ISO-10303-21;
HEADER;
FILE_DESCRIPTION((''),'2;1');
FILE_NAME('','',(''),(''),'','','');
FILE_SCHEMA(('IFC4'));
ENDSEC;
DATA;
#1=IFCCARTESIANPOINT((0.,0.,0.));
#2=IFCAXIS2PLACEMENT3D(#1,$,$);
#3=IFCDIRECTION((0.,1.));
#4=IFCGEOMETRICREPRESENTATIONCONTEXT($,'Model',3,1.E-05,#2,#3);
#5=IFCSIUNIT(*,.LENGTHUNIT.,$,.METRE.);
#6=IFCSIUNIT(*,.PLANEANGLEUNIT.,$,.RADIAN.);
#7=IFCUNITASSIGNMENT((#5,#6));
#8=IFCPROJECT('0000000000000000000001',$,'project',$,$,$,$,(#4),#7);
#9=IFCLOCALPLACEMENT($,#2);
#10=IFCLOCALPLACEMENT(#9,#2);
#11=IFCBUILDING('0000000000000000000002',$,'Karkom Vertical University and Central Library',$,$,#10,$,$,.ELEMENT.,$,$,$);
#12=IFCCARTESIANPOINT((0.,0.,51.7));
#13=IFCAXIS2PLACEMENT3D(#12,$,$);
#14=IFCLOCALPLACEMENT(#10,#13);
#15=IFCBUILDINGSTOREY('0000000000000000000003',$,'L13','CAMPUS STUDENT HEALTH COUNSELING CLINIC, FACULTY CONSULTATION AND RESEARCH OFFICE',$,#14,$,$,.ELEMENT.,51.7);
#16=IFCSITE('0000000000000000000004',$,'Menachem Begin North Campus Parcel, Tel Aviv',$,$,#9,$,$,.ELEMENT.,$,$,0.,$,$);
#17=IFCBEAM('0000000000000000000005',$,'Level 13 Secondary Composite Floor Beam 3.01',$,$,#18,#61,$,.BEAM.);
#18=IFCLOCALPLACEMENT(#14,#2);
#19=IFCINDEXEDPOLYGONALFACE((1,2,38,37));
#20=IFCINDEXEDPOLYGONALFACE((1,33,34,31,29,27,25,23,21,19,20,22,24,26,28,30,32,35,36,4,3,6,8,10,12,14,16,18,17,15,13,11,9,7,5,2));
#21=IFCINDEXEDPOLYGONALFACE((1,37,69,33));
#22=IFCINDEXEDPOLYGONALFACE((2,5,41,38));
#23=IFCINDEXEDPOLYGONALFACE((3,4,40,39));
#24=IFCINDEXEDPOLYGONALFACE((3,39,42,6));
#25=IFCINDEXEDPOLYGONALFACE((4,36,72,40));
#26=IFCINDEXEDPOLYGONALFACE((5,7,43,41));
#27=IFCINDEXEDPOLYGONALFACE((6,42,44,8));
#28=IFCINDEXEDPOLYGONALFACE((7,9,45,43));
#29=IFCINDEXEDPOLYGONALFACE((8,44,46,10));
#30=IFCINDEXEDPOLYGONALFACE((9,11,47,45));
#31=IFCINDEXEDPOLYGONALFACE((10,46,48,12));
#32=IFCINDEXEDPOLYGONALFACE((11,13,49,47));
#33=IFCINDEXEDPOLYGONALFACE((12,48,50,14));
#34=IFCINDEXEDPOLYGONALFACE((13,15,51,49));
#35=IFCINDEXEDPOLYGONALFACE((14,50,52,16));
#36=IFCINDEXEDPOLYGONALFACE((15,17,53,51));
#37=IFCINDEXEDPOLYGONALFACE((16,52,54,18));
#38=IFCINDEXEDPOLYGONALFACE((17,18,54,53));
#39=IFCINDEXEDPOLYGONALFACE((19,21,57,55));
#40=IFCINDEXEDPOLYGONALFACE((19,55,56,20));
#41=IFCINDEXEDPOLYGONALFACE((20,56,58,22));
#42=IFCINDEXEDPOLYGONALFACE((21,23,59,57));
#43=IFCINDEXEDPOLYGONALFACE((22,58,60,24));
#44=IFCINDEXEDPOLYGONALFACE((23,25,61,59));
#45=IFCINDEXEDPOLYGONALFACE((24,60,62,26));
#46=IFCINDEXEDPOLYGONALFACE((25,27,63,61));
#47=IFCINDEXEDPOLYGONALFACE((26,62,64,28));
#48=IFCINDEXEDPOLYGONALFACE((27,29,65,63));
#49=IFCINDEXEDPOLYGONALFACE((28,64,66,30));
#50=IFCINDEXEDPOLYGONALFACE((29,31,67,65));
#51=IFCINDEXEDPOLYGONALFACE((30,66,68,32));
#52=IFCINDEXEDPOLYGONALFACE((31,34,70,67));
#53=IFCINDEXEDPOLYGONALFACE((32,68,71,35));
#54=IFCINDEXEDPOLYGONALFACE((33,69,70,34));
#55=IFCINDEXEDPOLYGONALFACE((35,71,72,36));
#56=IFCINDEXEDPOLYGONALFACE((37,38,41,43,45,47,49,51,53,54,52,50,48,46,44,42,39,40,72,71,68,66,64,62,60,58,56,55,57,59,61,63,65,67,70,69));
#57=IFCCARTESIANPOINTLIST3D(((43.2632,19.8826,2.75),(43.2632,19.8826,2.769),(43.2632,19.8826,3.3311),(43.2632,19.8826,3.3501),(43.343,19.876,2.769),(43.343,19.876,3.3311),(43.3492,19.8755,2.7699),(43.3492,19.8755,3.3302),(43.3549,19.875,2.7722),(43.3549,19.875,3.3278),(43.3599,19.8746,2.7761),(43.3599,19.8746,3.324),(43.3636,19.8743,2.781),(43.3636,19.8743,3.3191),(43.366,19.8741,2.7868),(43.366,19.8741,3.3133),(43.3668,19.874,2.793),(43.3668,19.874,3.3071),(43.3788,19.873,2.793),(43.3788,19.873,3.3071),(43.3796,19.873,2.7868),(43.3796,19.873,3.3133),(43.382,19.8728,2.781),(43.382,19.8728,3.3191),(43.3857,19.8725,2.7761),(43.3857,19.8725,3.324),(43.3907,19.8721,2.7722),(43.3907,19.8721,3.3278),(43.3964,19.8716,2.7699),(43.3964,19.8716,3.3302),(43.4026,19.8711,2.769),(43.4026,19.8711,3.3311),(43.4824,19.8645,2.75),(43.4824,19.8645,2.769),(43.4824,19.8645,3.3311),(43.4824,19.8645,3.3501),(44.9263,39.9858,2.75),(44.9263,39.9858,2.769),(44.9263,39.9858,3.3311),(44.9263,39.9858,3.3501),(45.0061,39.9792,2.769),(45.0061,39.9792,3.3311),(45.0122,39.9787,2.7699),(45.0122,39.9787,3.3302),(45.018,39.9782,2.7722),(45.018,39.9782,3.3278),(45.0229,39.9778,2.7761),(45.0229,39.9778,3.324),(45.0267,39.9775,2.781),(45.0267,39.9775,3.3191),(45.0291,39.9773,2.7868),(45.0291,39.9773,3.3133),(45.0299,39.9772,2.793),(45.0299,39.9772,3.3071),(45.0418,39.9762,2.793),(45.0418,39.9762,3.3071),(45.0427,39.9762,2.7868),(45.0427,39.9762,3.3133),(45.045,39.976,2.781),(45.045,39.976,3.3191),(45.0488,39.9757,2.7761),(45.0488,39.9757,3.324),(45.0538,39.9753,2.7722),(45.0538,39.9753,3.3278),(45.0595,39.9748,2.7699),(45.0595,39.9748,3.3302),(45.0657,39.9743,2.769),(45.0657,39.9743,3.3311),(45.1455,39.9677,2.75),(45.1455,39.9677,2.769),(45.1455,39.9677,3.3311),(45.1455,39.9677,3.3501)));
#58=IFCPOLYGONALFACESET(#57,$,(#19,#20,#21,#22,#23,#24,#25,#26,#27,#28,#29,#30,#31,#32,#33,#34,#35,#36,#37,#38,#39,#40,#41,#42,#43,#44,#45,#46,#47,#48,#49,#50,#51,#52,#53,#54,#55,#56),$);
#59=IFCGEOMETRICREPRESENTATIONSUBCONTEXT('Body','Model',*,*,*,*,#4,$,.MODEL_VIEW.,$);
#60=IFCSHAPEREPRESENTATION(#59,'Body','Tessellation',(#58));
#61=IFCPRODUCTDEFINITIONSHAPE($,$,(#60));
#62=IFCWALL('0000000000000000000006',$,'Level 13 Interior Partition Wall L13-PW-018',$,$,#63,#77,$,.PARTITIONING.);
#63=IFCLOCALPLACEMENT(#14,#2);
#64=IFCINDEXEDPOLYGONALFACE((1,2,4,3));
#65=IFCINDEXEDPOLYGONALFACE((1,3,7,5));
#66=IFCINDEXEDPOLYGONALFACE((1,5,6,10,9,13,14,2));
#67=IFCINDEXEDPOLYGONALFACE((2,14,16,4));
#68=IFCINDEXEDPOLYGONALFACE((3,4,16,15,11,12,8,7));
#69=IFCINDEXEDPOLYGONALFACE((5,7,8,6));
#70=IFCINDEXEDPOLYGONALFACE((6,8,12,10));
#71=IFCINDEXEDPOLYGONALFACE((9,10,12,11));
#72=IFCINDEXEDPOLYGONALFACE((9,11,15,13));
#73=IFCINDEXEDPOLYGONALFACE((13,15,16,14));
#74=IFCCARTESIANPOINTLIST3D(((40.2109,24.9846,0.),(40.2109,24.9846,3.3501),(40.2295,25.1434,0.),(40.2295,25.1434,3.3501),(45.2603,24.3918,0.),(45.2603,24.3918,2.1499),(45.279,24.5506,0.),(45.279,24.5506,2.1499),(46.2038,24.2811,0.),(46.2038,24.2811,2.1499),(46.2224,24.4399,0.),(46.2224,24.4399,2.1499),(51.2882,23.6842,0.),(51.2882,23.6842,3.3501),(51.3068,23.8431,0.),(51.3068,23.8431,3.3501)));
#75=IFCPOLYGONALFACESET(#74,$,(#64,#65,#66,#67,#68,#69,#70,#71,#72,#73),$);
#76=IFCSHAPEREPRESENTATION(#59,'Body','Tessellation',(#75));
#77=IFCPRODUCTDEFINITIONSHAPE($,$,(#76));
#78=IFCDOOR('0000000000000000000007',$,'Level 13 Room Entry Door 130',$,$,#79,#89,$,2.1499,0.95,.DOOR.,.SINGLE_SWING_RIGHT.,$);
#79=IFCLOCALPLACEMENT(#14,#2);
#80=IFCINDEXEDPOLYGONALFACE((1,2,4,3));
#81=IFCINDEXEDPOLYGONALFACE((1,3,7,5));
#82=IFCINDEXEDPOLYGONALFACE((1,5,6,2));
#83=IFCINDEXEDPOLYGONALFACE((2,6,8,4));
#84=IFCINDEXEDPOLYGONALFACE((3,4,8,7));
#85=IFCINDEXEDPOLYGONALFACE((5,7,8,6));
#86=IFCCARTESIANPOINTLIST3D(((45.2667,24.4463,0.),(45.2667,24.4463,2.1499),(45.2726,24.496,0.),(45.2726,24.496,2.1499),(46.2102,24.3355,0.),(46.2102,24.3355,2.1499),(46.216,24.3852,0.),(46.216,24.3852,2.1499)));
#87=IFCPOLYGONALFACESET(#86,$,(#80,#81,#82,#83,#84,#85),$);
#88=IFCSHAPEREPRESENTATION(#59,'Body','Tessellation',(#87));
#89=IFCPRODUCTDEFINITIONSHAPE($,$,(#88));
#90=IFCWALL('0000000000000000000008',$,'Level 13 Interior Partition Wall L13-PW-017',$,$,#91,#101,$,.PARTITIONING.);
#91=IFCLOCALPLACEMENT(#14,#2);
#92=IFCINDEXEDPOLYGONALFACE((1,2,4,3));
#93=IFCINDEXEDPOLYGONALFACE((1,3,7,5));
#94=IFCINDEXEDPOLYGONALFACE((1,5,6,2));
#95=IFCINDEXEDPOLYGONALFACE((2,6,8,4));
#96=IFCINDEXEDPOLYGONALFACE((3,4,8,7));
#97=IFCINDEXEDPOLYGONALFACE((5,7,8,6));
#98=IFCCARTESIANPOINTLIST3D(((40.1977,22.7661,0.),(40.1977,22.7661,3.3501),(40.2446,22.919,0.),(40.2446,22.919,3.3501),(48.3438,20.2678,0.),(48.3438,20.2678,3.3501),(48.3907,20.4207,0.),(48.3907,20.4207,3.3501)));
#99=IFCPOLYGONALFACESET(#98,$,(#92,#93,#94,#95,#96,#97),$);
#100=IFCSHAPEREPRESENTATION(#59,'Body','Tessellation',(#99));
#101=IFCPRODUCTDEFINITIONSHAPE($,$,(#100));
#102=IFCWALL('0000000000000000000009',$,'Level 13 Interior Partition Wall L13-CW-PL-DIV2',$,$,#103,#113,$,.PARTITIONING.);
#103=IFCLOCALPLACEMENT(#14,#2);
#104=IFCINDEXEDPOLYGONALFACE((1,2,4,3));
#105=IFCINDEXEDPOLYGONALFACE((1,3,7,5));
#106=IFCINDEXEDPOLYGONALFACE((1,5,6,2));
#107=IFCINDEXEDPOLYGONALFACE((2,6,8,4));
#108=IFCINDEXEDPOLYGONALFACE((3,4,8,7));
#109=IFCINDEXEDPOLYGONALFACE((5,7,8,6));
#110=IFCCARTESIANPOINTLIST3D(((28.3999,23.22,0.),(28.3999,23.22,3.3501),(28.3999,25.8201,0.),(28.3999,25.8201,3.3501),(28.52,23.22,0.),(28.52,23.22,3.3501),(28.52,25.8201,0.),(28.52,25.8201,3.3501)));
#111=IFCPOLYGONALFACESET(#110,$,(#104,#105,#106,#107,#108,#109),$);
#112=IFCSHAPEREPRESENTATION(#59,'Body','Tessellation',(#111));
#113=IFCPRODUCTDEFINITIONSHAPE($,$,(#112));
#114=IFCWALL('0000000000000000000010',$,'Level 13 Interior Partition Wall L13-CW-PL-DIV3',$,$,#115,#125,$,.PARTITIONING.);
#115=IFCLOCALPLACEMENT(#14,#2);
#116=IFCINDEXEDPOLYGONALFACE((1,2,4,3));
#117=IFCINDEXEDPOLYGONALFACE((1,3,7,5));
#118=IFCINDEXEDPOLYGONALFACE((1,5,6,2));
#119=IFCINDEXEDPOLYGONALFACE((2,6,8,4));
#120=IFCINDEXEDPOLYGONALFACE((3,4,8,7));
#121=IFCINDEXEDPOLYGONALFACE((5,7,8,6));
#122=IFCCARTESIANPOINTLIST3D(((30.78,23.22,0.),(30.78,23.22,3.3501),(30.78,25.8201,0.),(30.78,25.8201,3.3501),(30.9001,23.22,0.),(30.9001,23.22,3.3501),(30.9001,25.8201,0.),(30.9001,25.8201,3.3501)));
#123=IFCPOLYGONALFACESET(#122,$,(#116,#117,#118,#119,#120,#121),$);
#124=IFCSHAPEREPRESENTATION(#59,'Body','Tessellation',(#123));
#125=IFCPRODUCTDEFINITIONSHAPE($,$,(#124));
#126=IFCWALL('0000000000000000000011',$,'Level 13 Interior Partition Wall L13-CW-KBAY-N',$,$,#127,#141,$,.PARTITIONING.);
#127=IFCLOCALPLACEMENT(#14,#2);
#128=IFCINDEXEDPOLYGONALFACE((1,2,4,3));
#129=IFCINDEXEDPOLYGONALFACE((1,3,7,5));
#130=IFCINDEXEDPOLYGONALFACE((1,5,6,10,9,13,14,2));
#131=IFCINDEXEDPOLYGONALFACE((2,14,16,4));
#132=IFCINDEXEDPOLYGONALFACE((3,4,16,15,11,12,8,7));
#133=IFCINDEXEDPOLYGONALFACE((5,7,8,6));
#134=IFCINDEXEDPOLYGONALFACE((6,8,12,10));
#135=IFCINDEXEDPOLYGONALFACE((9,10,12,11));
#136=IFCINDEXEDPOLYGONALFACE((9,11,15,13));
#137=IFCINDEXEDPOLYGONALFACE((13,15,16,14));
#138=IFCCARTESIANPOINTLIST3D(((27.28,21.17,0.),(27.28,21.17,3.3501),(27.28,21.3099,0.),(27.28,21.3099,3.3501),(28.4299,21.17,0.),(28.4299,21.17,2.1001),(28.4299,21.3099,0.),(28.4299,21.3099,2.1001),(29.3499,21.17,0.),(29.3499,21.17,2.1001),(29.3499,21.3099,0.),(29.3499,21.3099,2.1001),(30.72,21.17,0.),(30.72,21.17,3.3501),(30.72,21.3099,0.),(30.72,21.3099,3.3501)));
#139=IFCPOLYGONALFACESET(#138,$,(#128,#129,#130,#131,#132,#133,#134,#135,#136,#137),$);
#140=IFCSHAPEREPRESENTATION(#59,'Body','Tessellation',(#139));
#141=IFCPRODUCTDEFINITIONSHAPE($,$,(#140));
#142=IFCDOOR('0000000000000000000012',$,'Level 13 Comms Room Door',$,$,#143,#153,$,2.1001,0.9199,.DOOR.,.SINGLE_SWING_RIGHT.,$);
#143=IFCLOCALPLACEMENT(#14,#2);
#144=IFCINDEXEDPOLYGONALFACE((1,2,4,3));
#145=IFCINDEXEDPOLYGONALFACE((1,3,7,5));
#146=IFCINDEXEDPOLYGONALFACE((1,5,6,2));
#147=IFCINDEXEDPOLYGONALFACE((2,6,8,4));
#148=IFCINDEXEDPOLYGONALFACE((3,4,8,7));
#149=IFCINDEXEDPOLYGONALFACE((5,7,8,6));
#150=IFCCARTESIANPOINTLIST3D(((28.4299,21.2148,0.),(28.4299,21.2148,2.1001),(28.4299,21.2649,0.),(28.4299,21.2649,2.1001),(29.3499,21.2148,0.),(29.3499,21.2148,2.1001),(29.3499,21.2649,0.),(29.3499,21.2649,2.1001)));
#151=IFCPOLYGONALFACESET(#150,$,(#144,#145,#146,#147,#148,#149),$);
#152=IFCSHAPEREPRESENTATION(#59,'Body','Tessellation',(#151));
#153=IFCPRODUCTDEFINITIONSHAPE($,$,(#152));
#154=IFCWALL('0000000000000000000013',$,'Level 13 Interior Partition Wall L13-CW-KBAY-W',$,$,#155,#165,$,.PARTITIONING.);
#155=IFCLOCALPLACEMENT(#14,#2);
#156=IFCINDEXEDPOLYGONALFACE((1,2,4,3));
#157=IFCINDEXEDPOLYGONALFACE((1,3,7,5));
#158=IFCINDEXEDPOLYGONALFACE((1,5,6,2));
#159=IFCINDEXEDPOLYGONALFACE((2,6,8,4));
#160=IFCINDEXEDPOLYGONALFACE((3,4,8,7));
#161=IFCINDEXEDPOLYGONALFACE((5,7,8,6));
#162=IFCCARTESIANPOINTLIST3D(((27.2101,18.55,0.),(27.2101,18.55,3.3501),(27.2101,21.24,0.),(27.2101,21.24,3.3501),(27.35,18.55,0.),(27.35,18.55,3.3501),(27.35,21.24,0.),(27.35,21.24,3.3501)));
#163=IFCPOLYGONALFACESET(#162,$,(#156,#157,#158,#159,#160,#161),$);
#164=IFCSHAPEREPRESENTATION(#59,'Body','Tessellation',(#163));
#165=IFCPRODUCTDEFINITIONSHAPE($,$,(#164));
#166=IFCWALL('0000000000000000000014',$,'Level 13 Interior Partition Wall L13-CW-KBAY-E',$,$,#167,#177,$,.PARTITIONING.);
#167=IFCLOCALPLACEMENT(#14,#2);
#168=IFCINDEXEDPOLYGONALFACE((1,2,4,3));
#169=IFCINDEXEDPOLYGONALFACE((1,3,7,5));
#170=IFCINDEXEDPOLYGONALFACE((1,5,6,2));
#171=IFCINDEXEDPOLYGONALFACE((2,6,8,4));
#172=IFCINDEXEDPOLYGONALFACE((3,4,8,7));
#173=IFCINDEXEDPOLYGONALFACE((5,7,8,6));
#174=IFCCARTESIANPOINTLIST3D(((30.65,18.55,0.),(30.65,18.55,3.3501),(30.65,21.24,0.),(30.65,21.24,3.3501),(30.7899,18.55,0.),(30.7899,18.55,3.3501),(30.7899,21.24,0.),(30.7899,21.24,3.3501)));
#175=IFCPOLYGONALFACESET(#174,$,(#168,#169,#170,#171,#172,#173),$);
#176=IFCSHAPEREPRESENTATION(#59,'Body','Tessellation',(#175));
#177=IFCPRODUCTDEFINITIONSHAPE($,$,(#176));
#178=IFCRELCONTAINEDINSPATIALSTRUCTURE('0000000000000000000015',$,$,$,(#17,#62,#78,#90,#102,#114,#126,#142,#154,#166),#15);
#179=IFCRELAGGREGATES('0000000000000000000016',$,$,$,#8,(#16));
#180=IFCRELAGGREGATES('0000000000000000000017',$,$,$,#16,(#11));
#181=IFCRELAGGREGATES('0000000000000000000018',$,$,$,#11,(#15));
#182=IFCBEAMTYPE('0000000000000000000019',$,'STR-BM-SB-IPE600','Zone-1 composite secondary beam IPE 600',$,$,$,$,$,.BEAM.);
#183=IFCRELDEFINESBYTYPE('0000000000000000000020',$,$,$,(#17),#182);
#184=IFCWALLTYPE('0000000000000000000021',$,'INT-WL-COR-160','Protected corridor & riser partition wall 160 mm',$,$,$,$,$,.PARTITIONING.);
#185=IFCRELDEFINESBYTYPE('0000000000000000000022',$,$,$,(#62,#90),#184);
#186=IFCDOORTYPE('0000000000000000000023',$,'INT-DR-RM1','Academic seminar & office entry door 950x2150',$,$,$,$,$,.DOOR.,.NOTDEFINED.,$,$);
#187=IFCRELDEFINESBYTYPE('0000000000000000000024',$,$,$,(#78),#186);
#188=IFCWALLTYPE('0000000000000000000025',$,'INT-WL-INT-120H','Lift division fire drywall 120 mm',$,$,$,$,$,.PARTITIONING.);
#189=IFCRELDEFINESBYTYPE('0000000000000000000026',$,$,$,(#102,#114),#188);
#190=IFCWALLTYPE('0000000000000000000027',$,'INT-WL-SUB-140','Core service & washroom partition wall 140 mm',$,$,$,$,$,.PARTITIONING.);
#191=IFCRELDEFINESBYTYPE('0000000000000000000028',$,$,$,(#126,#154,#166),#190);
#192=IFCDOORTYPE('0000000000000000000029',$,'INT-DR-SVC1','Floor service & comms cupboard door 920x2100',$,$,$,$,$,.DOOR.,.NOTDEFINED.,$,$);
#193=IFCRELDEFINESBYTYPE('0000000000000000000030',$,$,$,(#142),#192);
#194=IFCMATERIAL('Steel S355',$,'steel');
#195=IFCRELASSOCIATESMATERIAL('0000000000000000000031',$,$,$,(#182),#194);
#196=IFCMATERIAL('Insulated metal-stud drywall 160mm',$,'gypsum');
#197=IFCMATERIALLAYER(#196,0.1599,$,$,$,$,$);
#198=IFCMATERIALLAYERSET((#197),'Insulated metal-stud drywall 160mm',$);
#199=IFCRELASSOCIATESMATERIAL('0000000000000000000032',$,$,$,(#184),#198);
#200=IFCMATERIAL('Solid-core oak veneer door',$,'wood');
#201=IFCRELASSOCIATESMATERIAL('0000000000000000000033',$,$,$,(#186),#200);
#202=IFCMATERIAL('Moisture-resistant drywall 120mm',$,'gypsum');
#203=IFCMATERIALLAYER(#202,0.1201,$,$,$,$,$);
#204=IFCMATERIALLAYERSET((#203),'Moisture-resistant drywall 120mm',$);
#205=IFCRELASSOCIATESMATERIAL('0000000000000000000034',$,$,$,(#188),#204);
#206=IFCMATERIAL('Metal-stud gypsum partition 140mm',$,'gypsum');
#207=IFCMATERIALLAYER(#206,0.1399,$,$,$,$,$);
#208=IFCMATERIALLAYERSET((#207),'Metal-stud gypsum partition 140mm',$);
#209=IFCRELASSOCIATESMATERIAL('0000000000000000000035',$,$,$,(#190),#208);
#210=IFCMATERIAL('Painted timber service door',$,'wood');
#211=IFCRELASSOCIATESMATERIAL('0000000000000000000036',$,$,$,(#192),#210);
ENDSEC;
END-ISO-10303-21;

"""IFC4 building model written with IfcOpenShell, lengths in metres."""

from ifc_helpers import new_model, si_unit, direction, frame, frame_2d, origin, origin_with_axes, origin_2d, place, context, subcontext, project, spatial, rectangle, i_section, extrude, source, transform, mapped, material, layer, layer_set, material_profile, profile_set, type_object, element, fill, save


model = new_model("IFC4")

# Units and contexts
model_context = context("Model", 3, precision=1e-05, world=origin(), true_north=direction((0.0, 1.0)))
body_context = subcontext(model_context, "Body", "Model", "MODEL_VIEW")
ifc_project = project(units=[si_unit("LENGTHUNIT", "METRE"), si_unit("PLANEANGLEUNIT", "RADIAN")], contexts=[model_context])

# Site, building, storey
site_placement = place(None, origin())
site = spatial("IfcSite", under=ifc_project, at=site_placement, Name="Menachem Begin North Campus Parcel, Tel Aviv", CompositionType="ELEMENT", RefElevation=0.0)
building_placement = place(site_placement, origin())
building = spatial("IfcBuilding", under=site, at=building_placement, Name="Karkom Vertical University and Central Library", CompositionType="ELEMENT")
storey_placement = place(building_placement, frame((0.0, 0.0, 51.7)))
storey = spatial("IfcBuildingStorey", under=building, at=storey_placement, Name="L13", Description="CAMPUS STUDENT HEALTH COUNSELING CLINIC, FACULTY CONSULTATION AND RESEARCH OFFICE", CompositionType="ELEMENT", Elevation=51.7)

# Beam
ifc_material_1 = material(Name="Steel S355", Category="steel")
ifc_material_profile_1 = material_profile(ifc_material_1, i_section(OverallWidth=0.22, OverallDepth=0.6001, WebThickness=0.012, FlangeThickness=0.019, FilletRadius=0.0239, at=origin_2d()), Name="IPE 600")
ifc_profile_set_1 = profile_set([ifc_material_profile_1], Name="Steel S355")
beam_type_1 = type_object("IfcBeamType", Name="STR-BM-SB-IPE600", Description="Zone-1 composite secondary beam IPE 600", PredefinedType="BEAM", material=ifc_profile_set_1)
shared_shape_1 = source(origin_with_axes(), body_context, "Body", "SweptSolid", [
    extrude(i_section(OverallWidth=0.22, OverallDepth=0.6001, WebThickness=0.012, FlangeThickness=0.019, FilletRadius=0.0239, at=origin_2d()), origin(), (0.0, 0.0, 1.0), 20.1719),
])
beam_1_placement = place(storey_placement, frame((43.3728, 19.8735, 3.05), z_axis=(0.082445, 0.996596, 0.0), x_axis=(-0.996596, 0.082445, 0.0)))
element("IfcBeam", 1, at=beam_1_placement, inside=storey, type_object=beam_type_1, Name="Level 13 Secondary Composite Floor Beam 3.01", PredefinedType="BEAM", context=body_context, shape_type="MappedRepresentation", body=[
    mapped(shared_shape_1, transform((0.0, 0.0, 0.0), scale=1.0)),
])

# Wall, opening, door
ifc_material_2 = material(Name="Insulated metal-stud drywall 160mm", Category="gypsum")
ifc_layer_1 = layer(ifc_material_2, 0.1599)
ifc_layer_set_1 = layer_set([ifc_layer_1], Name="Insulated metal-stud drywall 160mm")
wall_type_1 = type_object("IfcWallType", Name="INT-WL-COR-160", Description="Protected corridor & riser partition wall 160 mm", PredefinedType="PARTITIONING", material=ifc_layer_set_1)
wall_1_placement = place(storey_placement, frame((40.2202, 25.064, 0.0), z_axis=(0.0, 0.0, 1.0), x_axis=(0.993181, -0.116585, 0.0)))
wall_1 = element("IfcWall", 2, at=wall_1_placement, inside=storey, type_object=wall_type_1, Name="Level 13 Interior Partition Wall L13-PW-018", PredefinedType="PARTITIONING", context=body_context, shape_type="SweptSolid", body=[
    extrude(rectangle(XDim=11.1533, YDim=0.1599, at=frame_2d((5.5767, 0.0))), origin(), (0.0, 0.0, 1.0), 3.3501),
])
opening_1_placement = place(wall_1_placement, frame((5.084, 0.0, 0.0)))
opening_1 = element("IfcOpeningElement", 3, at=opening_1_placement, cuts=wall_1, PredefinedType="OPENING", context=body_context, shape_type="SweptSolid", body=[
    extrude(rectangle(XDim=0.95, YDim=2.1499, at=frame_2d((0.4751, 1.075))), frame((0.0, 0.0898, 0.0), z_axis=(0.0, -1.0, 0.0), x_axis=(1.0, 0.0, 0.0)), (0.0, 0.0, 1.0), 0.1799),
])
ifc_material_3 = material(Name="Solid-core oak veneer door", Category="wood")
door_type_1 = type_object("IfcDoorType", Name="INT-DR-RM1", Description="Academic seminar & office entry door 950x2150", OperationType="NOTDEFINED", PredefinedType="DOOR", material=ifc_material_3)
shared_shape_2 = source(origin_with_axes(), body_context, "Body", "SweptSolid", [
    extrude(rectangle(XDim=0.95, YDim=2.1499, at=frame_2d((0.4751, 1.075))), frame((0.0, 0.0249, 0.0), z_axis=(0.0, -1.0, 0.0), x_axis=(1.0, 0.0, 0.0)), (0.0, 0.0, 1.0), 0.05),
])
door_1_placement = place(opening_1_placement, origin())
door_1 = element("IfcDoor", 4, at=door_1_placement, inside=storey, type_object=door_type_1, Name="Level 13 Room Entry Door 130", OperationType="SINGLE_SWING_RIGHT", OverallHeight=2.1499, OverallWidth=0.95, PredefinedType="DOOR", context=body_context, shape_type="MappedRepresentation", body=[
    mapped(shared_shape_2, transform((0.0, 0.0, 0.0), scale=1.0)),
])
fill(opening_1, door_1)

# Walls
wall_2_placement = place(storey_placement, frame((40.2212, 22.8425, 0.0), z_axis=(0.0, 0.0, 1.0), x_axis=(0.956048, -0.29321, 0.0)))
element("IfcWall", 5, at=wall_2_placement, inside=storey, type_object=wall_type_1, Name="Level 13 Interior Partition Wall L13-PW-017", PredefinedType="PARTITIONING", context=body_context, shape_type="SweptSolid", body=[
    extrude(rectangle(XDim=8.5205, YDim=0.1599, at=frame_2d((4.2603, 0.0))), origin(), (0.0, 0.0, 1.0), 3.3501),
])
ifc_material_4 = material(Name="Moisture-resistant drywall 120mm", Category="gypsum")
ifc_layer_2 = layer(ifc_material_4, 0.1201)
ifc_layer_set_2 = layer_set([ifc_layer_2], Name="Moisture-resistant drywall 120mm")
wall_type_2 = type_object("IfcWallType", Name="INT-WL-INT-120H", Description="Lift division fire drywall 120 mm", PredefinedType="PARTITIONING", material=ifc_layer_set_2)
for number, where, z_axis, x_axis, name in (
    (6, (28.46, 23.22, 0.0), (0.0, 0.0, 1.0), (0.0, 1.0, 0.0), "Level 13 Interior Partition Wall L13-CW-PL-DIV2"),
    (7, (30.8401, 23.22, 0.0), (0.0, 0.0, 1.0), (0.0, 1.0, 0.0), "Level 13 Interior Partition Wall L13-CW-PL-DIV3"),
):
    element("IfcWall", number, at=place(storey_placement, frame(where, z_axis=z_axis, x_axis=x_axis)), inside=storey, type_object=wall_type_2, Name=name, PredefinedType="PARTITIONING", context=body_context, shape_type="SweptSolid", body=[
        extrude(rectangle(XDim=2.6001, YDim=0.1201, at=frame_2d((1.3, 0.0))), origin(), (0.0, 0.0, 1.0), 3.3501),
    ])

# Wall, opening, door
ifc_material_5 = material(Name="Metal-stud gypsum partition 140mm", Category="gypsum")
ifc_layer_3 = layer(ifc_material_5, 0.1399)
ifc_layer_set_3 = layer_set([ifc_layer_3], Name="Metal-stud gypsum partition 140mm")
wall_type_3 = type_object("IfcWallType", Name="INT-WL-SUB-140", Description="Core service & washroom partition wall 140 mm", PredefinedType="PARTITIONING", material=ifc_layer_set_3)
wall_3_placement = place(storey_placement, frame((27.28, 21.24, 0.0), z_axis=(0.0, 0.0, 1.0), x_axis=(1.0, 0.0, 0.0)))
wall_3 = element("IfcWall", 8, at=wall_3_placement, inside=storey, type_object=wall_type_3, Name="Level 13 Interior Partition Wall L13-CW-KBAY-N", PredefinedType="PARTITIONING", context=body_context, shape_type="SweptSolid", body=[
    extrude(rectangle(XDim=3.4399, YDim=0.1399, at=frame_2d((1.72, 0.0))), origin(), (0.0, 0.0, 1.0), 3.3501),
])
opening_2_placement = place(wall_3_placement, frame((1.1499, 0.0, 0.0)))
opening_2 = element("IfcOpeningElement", 9, at=opening_2_placement, cuts=wall_3, PredefinedType="OPENING", context=body_context, shape_type="SweptSolid", body=[
    extrude(rectangle(XDim=0.9199, YDim=2.1001, at=frame_2d((0.46, 1.05))), frame((0.0, 0.0801, 0.0), z_axis=(0.0, -1.0, 0.0), x_axis=(1.0, 0.0, 0.0)), (0.0, 0.0, 1.0), 0.1599),
])
ifc_material_6 = material(Name="Painted timber service door", Category="wood")
door_type_2 = type_object("IfcDoorType", Name="INT-DR-SVC1", Description="Floor service & comms cupboard door 920x2100", OperationType="NOTDEFINED", PredefinedType="DOOR", material=ifc_material_6)
shared_shape_3 = source(origin_with_axes(), body_context, "Body", "SweptSolid", [
    extrude(rectangle(XDim=0.9199, YDim=2.1001, at=frame_2d((0.46, 1.05))), frame((0.0, 0.0249, 0.0), z_axis=(0.0, -1.0, 0.0), x_axis=(1.0, 0.0, 0.0)), (0.0, 0.0, 1.0), 0.05),
])
door_2_placement = place(opening_2_placement, origin())
door_2 = element("IfcDoor", 10, at=door_2_placement, inside=storey, type_object=door_type_2, Name="Level 13 Comms Room Door", OperationType="SINGLE_SWING_RIGHT", OverallHeight=2.1001, OverallWidth=0.9199, PredefinedType="DOOR", context=body_context, shape_type="MappedRepresentation", body=[
    mapped(shared_shape_3, transform((0.0, 0.0, 0.0), scale=1.0)),
])
fill(opening_2, door_2)

# Walls
for number, where, z_axis, x_axis, name in (
    (11, (27.28, 18.55, 0.0), (0.0, 0.0, 1.0), (0.0, 1.0, 0.0), "Level 13 Interior Partition Wall L13-CW-KBAY-W"),
    (12, (30.72, 18.55, 0.0), (0.0, 0.0, 1.0), (0.0, 1.0, 0.0), "Level 13 Interior Partition Wall L13-CW-KBAY-E"),
):
    element("IfcWall", number, at=place(storey_placement, frame(where, z_axis=z_axis, x_axis=x_axis)), inside=storey, type_object=wall_type_3, Name=name, PredefinedType="PARTITIONING", context=body_context, shape_type="SweptSolid", body=[
        extrude(rectangle(XDim=2.6899, YDim=0.1399, at=frame_2d((1.345, 0.0))), origin(), (0.0, 0.0, 1.0), 3.3501),
    ])

save(model, "model.ifc")
